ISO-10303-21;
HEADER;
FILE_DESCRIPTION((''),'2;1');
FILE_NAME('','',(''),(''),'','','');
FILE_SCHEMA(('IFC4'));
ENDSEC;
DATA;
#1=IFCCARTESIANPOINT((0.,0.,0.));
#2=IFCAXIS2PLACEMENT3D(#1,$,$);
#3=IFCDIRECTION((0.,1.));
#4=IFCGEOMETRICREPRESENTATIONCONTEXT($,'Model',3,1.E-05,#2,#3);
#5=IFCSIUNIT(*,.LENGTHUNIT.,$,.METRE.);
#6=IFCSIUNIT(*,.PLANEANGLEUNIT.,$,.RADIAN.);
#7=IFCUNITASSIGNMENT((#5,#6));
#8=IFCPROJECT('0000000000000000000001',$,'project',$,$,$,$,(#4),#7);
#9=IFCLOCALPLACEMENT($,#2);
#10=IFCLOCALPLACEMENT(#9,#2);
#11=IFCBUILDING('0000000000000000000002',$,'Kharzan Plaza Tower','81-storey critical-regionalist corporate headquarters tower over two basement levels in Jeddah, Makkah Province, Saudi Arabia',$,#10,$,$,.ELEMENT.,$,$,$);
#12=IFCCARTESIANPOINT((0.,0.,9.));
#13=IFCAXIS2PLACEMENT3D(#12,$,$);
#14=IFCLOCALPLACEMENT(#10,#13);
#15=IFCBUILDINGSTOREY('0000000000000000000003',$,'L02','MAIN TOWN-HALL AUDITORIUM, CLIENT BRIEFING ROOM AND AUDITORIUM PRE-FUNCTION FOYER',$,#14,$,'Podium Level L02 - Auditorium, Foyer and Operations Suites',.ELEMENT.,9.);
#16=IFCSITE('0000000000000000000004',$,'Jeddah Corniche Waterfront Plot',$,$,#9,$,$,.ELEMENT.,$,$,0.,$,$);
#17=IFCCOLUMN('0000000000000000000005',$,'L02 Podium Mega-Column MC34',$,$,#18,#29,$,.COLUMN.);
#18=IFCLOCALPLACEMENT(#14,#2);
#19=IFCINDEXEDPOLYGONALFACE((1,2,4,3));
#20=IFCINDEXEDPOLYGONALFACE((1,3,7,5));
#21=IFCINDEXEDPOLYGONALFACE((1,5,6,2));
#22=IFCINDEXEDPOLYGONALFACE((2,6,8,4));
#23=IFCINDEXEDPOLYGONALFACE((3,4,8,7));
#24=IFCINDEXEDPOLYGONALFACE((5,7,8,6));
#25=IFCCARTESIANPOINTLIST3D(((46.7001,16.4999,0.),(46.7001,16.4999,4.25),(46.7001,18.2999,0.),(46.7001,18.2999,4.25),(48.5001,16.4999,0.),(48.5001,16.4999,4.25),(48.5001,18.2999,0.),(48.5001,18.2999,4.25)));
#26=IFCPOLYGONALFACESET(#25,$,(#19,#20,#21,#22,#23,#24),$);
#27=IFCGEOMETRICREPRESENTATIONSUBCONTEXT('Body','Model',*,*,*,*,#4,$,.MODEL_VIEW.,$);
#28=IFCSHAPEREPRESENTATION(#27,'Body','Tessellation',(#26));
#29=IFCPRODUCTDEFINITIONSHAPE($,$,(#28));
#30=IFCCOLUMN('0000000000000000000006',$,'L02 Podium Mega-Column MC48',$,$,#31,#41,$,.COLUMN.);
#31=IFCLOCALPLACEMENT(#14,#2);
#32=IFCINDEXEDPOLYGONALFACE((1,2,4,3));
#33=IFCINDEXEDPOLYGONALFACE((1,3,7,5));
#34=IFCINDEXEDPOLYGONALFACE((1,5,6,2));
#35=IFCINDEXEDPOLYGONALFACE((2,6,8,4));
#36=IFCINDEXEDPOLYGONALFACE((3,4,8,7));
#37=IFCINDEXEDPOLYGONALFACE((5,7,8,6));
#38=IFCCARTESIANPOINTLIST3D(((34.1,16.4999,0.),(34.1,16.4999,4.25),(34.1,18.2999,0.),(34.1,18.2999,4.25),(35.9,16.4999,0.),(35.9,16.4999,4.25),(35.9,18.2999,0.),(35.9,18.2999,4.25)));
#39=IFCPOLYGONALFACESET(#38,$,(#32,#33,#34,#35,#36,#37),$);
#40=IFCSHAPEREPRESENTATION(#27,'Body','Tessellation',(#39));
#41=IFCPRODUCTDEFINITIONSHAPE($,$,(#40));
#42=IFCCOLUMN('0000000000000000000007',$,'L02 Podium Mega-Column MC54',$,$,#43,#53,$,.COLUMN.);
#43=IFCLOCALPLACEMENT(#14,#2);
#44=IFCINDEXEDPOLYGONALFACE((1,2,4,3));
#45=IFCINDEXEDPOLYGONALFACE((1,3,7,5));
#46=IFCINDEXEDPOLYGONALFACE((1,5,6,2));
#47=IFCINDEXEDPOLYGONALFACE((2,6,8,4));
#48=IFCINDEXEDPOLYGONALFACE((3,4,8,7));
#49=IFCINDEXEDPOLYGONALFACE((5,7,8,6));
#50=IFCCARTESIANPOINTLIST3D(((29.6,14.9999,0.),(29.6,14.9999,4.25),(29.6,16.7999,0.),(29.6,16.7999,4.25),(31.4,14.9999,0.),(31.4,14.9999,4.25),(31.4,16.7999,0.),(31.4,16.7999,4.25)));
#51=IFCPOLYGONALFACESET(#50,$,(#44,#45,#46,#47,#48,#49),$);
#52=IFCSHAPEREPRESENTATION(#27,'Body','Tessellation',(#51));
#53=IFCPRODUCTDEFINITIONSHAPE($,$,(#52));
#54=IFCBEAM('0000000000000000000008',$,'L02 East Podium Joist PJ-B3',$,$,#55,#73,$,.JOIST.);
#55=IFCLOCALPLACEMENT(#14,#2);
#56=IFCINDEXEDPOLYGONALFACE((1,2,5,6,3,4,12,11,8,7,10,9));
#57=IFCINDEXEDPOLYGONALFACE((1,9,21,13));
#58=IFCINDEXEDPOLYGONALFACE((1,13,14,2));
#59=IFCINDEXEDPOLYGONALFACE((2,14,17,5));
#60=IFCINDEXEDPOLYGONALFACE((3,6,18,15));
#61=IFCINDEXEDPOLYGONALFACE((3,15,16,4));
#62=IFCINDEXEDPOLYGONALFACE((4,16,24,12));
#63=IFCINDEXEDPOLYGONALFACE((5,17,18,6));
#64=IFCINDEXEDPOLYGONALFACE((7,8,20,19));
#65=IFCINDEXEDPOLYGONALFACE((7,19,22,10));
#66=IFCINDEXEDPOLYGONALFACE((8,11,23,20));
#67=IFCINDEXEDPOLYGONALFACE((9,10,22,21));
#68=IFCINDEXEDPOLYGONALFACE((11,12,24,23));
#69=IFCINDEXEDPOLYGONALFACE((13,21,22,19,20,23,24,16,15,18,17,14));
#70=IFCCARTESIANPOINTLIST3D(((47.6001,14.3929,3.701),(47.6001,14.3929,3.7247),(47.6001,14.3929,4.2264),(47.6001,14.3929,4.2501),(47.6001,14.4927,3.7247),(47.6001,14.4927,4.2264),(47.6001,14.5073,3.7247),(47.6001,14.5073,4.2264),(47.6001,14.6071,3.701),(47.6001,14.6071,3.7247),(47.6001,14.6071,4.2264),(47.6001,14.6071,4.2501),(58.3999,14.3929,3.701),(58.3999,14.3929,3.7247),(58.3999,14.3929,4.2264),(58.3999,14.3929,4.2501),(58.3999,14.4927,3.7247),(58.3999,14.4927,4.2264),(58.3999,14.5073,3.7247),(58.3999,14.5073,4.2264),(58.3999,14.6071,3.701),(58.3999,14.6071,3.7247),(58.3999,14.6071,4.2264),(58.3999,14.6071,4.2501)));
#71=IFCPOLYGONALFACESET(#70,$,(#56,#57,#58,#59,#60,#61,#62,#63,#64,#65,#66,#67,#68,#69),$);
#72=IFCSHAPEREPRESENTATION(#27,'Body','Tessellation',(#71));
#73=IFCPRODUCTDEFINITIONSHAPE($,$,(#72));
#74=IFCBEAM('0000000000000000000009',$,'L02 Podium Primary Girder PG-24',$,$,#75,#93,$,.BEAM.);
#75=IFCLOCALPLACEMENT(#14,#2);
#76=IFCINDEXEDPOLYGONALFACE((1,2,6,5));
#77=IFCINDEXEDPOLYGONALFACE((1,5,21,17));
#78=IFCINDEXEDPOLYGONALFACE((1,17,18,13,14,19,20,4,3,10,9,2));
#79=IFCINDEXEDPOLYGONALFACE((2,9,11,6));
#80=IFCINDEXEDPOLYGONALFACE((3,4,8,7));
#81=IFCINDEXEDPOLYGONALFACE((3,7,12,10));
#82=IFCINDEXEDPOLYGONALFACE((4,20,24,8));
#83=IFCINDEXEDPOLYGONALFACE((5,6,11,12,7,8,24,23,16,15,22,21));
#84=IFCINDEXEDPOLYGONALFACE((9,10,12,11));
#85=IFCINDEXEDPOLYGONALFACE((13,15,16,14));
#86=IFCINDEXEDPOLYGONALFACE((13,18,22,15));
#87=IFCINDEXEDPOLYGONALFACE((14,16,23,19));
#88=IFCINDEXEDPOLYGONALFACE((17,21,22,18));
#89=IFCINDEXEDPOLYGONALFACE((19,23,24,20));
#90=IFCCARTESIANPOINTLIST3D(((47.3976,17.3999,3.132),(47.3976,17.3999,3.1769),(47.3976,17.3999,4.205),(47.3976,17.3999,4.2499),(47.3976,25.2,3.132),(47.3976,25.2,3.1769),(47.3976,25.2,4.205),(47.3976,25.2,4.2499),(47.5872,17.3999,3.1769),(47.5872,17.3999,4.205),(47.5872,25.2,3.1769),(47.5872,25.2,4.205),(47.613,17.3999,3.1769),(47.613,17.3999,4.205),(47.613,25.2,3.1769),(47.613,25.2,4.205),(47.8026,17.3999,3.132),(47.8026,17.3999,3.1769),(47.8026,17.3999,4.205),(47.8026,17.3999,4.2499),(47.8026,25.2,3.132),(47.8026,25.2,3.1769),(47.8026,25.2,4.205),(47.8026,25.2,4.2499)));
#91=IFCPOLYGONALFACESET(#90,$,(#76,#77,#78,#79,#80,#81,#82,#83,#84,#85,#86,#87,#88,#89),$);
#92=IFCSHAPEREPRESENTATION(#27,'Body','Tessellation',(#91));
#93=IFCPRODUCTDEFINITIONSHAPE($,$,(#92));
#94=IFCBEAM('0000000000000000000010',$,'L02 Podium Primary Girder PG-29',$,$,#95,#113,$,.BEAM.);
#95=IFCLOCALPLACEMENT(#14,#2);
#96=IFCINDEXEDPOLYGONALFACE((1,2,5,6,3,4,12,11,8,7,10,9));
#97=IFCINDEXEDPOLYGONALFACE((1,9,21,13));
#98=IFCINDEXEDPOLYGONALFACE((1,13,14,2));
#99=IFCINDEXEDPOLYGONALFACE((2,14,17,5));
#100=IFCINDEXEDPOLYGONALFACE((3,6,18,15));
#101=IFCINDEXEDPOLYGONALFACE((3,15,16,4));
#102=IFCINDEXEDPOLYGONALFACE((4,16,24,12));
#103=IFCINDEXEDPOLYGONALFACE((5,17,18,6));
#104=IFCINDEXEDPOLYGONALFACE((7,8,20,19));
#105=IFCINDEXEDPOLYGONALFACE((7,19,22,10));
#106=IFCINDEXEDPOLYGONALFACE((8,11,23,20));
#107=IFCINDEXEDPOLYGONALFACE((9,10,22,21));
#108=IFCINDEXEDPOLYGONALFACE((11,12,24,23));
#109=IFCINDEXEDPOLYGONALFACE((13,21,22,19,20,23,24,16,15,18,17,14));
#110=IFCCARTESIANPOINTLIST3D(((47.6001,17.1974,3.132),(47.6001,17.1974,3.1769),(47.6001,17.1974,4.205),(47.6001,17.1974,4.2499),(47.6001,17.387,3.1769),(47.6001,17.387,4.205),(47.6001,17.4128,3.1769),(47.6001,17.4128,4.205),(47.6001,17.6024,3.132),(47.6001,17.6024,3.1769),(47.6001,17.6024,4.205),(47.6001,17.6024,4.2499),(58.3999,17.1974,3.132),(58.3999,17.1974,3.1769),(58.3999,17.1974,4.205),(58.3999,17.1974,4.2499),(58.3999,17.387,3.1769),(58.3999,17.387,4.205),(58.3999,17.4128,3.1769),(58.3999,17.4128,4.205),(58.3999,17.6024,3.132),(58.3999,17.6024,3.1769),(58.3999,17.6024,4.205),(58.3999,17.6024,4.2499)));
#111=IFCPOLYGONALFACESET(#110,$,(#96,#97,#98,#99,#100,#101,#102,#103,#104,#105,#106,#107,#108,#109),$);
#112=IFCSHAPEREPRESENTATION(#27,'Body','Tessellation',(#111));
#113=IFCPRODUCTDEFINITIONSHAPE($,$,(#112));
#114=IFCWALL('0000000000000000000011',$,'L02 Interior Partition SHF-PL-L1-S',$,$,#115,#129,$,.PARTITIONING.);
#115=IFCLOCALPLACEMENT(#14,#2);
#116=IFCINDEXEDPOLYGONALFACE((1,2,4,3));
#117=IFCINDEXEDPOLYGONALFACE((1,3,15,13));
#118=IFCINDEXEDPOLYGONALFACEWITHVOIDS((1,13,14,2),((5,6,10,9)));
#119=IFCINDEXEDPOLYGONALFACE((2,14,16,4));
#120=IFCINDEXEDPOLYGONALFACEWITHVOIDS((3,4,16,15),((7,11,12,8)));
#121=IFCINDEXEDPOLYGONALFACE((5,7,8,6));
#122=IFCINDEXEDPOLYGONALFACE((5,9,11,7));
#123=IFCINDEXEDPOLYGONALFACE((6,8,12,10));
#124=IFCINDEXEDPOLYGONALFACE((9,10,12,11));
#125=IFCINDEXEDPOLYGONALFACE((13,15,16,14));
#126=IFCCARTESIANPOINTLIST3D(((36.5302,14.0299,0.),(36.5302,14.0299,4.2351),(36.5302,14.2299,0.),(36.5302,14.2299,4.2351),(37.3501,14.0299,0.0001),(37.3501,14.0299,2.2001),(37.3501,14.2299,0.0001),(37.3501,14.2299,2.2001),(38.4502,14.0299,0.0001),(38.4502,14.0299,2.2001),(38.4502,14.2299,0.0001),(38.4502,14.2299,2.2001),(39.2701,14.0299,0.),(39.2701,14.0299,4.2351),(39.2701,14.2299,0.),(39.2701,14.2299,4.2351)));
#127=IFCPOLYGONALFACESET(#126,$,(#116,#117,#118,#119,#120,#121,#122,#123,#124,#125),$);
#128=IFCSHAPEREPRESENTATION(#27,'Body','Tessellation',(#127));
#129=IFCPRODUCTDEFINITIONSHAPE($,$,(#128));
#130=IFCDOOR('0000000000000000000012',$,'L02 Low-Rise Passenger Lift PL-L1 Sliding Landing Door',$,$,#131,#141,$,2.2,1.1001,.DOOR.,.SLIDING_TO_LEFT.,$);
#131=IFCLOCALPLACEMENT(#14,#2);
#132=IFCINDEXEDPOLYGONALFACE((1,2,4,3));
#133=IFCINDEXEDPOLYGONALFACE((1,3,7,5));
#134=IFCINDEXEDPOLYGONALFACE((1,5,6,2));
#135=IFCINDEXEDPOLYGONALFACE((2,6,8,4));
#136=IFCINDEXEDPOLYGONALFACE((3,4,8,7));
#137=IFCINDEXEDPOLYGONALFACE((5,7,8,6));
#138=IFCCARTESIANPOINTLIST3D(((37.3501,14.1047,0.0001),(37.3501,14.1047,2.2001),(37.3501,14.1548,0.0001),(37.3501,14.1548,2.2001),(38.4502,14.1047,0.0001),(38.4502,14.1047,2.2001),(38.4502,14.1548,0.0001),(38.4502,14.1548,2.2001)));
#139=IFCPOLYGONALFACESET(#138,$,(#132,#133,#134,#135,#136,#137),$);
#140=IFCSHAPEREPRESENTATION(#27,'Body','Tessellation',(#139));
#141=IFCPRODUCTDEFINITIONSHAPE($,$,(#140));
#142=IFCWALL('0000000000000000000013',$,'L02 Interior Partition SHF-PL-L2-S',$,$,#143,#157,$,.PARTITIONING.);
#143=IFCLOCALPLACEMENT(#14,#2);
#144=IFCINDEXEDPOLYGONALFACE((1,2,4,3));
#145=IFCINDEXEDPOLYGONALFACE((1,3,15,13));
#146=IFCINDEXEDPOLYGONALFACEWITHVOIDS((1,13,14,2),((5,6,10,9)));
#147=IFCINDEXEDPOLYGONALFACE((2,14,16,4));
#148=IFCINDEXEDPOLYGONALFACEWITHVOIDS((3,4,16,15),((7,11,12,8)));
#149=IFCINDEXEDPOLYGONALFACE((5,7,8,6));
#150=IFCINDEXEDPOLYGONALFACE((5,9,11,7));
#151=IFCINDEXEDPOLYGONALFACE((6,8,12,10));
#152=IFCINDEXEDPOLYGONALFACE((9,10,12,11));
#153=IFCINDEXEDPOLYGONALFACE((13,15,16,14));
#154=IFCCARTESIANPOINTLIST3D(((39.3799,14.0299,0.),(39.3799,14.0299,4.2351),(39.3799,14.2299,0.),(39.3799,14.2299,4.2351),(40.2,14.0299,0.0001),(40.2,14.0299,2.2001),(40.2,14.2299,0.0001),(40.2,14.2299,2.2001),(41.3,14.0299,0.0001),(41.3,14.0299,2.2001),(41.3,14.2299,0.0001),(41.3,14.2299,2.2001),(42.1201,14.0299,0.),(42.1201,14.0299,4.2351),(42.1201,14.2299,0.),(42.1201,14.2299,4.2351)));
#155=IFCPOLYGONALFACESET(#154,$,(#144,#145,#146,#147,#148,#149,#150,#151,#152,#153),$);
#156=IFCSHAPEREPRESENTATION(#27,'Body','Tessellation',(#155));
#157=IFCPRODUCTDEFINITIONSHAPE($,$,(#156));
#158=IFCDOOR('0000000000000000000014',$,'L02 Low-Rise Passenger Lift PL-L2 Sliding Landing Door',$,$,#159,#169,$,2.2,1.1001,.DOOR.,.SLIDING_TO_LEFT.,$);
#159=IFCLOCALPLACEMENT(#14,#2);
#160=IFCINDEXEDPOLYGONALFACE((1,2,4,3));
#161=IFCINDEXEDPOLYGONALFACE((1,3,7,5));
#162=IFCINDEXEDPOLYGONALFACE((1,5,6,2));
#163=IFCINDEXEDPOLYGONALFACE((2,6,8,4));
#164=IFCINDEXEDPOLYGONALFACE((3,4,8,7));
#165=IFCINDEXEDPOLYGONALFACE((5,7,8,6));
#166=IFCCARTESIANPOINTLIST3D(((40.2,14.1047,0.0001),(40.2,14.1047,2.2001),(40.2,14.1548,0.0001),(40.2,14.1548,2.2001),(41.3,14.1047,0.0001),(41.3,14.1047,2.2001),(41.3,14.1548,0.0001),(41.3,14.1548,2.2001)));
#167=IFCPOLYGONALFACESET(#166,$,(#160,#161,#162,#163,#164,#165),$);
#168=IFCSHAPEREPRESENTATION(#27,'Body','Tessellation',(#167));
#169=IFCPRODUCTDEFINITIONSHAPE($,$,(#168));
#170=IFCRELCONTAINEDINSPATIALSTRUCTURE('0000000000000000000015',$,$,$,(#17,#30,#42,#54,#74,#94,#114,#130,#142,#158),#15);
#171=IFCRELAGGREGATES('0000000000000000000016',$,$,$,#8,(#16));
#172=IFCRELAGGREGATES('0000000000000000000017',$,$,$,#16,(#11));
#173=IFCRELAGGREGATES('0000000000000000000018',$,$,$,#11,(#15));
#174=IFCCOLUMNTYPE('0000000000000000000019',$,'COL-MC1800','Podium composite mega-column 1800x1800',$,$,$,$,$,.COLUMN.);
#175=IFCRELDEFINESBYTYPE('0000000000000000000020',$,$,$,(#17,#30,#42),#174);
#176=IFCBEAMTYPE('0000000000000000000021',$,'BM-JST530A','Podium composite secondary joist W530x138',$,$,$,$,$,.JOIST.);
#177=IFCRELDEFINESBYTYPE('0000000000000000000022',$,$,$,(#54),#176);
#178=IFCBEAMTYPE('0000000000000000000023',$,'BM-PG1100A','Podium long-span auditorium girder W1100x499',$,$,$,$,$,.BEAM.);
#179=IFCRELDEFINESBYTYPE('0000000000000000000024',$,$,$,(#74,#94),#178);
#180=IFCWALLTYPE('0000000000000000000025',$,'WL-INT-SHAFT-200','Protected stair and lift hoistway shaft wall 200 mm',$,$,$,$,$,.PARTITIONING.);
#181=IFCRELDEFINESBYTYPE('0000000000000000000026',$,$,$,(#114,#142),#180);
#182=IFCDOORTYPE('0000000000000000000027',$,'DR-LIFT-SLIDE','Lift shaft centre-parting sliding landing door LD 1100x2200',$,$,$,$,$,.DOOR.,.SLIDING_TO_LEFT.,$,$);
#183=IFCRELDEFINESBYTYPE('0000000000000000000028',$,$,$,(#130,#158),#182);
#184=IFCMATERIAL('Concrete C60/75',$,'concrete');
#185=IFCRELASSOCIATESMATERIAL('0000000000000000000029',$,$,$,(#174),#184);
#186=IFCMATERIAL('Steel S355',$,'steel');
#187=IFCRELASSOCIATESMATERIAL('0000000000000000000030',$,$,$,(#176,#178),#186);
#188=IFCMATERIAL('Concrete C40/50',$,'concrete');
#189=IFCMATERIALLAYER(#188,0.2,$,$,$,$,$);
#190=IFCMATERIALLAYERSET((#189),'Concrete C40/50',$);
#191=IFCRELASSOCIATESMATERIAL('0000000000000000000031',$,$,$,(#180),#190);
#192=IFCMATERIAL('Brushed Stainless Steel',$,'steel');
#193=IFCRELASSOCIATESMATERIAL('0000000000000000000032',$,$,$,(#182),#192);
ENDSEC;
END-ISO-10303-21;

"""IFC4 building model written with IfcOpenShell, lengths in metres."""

from ifc_helpers import new_model, si_unit, direction, frame, frame_2d, origin, origin_2d, place, context, subcontext, project, spatial, rectangle, i_section, extrude, source, transform, mapped, material, layer, layer_set, material_profile, profile_set, type_object, element, fill, save


model = new_model("IFC4")

# Units and contexts
model_context = context("Model", 3, precision=1e-05, world=origin(), true_north=direction((0.0, 1.0)))
body_context = subcontext(model_context, "Body", "Model", "MODEL_VIEW")
ifc_project = project(units=[si_unit("LENGTHUNIT", "METRE"), si_unit("PLANEANGLEUNIT", "RADIAN")], contexts=[model_context])

# Site, building, storey
site_placement = place(None, origin())
site = spatial("IfcSite", under=ifc_project, at=site_placement, Name="Jeddah Corniche Waterfront Plot", CompositionType="ELEMENT", RefElevation=0.0)
building_placement = place(site_placement, origin())
building = spatial("IfcBuilding", under=site, at=building_placement, Name="Kharzan Plaza Tower", Description="81-storey critical-regionalist corporate headquarters tower over two basement levels in Jeddah, Makkah Province, Saudi Arabia", CompositionType="ELEMENT")
storey_placement = place(building_placement, frame((0.0, 0.0, 9.0)))
storey = spatial("IfcBuildingStorey", under=building, at=storey_placement, Name="L02", Description="MAIN TOWN-HALL AUDITORIUM, CLIENT BRIEFING ROOM AND AUDITORIUM PRE-FUNCTION FOYER", LongName="Podium Level L02 - Auditorium, Foyer and Operations Suites", CompositionType="ELEMENT", Elevation=9.0)

# Columns
ifc_material_1 = material(Name="Concrete C60/75", Category="concrete")
ifc_material_profile_1 = material_profile(ifc_material_1, rectangle(XDim=1.8, YDim=1.8, at=origin_2d()), Name="RC-MC1800x1800")
ifc_profile_set_1 = profile_set([ifc_material_profile_1], Name="Concrete C60/75")
column_type = type_object("IfcColumnType", Name="COL-MC1800", Description="Podium composite mega-column 1800x1800", PredefinedType="COLUMN", material=ifc_profile_set_1)
shared_shape_1 = source(origin(), body_context, "Body", "SweptSolid", [
    extrude(rectangle(XDim=1.8, YDim=1.8, at=origin_2d()), origin(), (0.0, 0.0, 1.0), 4.25),
])
for number, where, z_axis, x_axis, name in (
    (1, (47.6001, 17.3999, 0.0), (0.0, 0.0, 1.0), (1.0, 0.0, 0.0), "L02 Podium Mega-Column MC34"),
    (2, (35.0, 17.3999, 0.0), (0.0, 0.0, 1.0), (1.0, 0.0, 0.0), "L02 Podium Mega-Column MC48"),
    (3, (30.5, 15.8999, 0.0), (0.0, 0.0, 1.0), (1.0, 0.0, 0.0), "L02 Podium Mega-Column MC54"),
):
    element("IfcColumn", number, at=place(storey_placement, frame(where, z_axis=z_axis, x_axis=x_axis)), inside=storey, type_object=column_type, Name=name, PredefinedType="COLUMN", context=body_context, shape_type="MappedRepresentation", body=[
        mapped(shared_shape_1, transform((0.0, 0.0, 0.0), x_axis=(1.0, 0.0, 0.0), y_axis=(0.0, 1.0, 0.0), z_axis=(0.0, 0.0, 1.0))),
    ])

# Beams
ifc_material_2 = material(Name="Steel S355", Category="steel")
ifc_material_profile_2 = material_profile(ifc_material_2, i_section(OverallWidth=0.2141, OverallDepth=0.5491, WebThickness=0.0146, FlangeThickness=0.0237, at=origin_2d()), Name="W530x138")
ifc_profile_set_2 = profile_set([ifc_material_profile_2], Name="Steel S355")
beam_type_1 = type_object("IfcBeamType", Name="BM-JST530A", Description="Podium composite secondary joist W530x138", PredefinedType="JOIST", material=ifc_profile_set_2)
shared_shape_2 = source(origin(), body_context, "Body", "SweptSolid", [
    extrude(i_section(OverallWidth=0.2141, OverallDepth=0.5491, WebThickness=0.0146, FlangeThickness=0.0237, at=origin_2d()), origin(), (0.0, 0.0, 1.0), 10.7998),
])
beam_1_placement = place(storey_placement, frame((47.6001, 14.5, 3.9756), z_axis=(1.0, 0.0, 0.0), x_axis=(0.0, 1.0, 0.0)))
element("IfcBeam", 4, at=beam_1_placement, inside=storey, type_object=beam_type_1, Name="L02 East Podium Joist PJ-B3", PredefinedType="JOIST", context=body_context, shape_type="MappedRepresentation", body=[
    mapped(shared_shape_2, transform((0.0, 0.0, 0.0), x_axis=(1.0, 0.0, 0.0), y_axis=(0.0, 1.0, 0.0), z_axis=(0.0, 0.0, 1.0))),
])
ifc_material_profile_3 = material_profile(ifc_material_2, i_section(OverallWidth=0.405, OverallDepth=1.1179, WebThickness=0.0259, FlangeThickness=0.0449, at=origin_2d()), Name="W1100x499")
ifc_profile_set_3 = profile_set([ifc_material_profile_3], Name="Steel S355")
beam_type_2 = type_object("IfcBeamType", Name="BM-PG1100A", Description="Podium long-span auditorium girder W1100x499", PredefinedType="BEAM", material=ifc_profile_set_3)
shared_shape_3 = source(origin(), body_context, "Body", "SweptSolid", [
    extrude(i_section(OverallWidth=0.405, OverallDepth=1.1179, WebThickness=0.0259, FlangeThickness=0.0449, at=origin_2d()), origin(), (0.0, 0.0, 1.0), 7.8),
])
beam_2_placement = place(storey_placement, frame((47.6001, 17.3999, 3.6909), z_axis=(0.0, 1.0, 0.0), x_axis=(-1.0, 0.0, 0.0)))
element("IfcBeam", 5, at=beam_2_placement, inside=storey, type_object=beam_type_2, Name="L02 Podium Primary Girder PG-24", PredefinedType="BEAM", context=body_context, shape_type="MappedRepresentation", body=[
    mapped(shared_shape_3, transform((0.0, 0.0, 0.0), x_axis=(1.0, 0.0, 0.0), y_axis=(0.0, 1.0, 0.0), z_axis=(0.0, 0.0, 1.0))),
])
shared_shape_4 = source(origin(), body_context, "Body", "SweptSolid", [
    extrude(i_section(OverallWidth=0.405, OverallDepth=1.1179, WebThickness=0.0259, FlangeThickness=0.0449, at=origin_2d()), origin(), (0.0, 0.0, 1.0), 10.7998),
])
beam_3_placement = place(storey_placement, frame((47.6001, 17.3999, 3.6909), z_axis=(1.0, 0.0, 0.0), x_axis=(0.0, 1.0, 0.0)))
element("IfcBeam", 6, at=beam_3_placement, inside=storey, type_object=beam_type_2, Name="L02 Podium Primary Girder PG-29", PredefinedType="BEAM", context=body_context, shape_type="MappedRepresentation", body=[
    mapped(shared_shape_4, transform((0.0, 0.0, 0.0), x_axis=(1.0, 0.0, 0.0), y_axis=(0.0, 1.0, 0.0), z_axis=(0.0, 0.0, 1.0))),
])

# Walls, openings, doors
ifc_material_3 = material(Name="Concrete C40/50", Category="concrete")
ifc_layer_1 = layer(ifc_material_3, 0.2)
ifc_layer_set_1 = layer_set([ifc_layer_1], Name="Concrete C40/50")
wall_type_1 = type_object("IfcWallType", Name="WL-INT-SHAFT-200", Description="Protected stair and lift hoistway shaft wall 200 mm", PredefinedType="PARTITIONING", material=ifc_layer_set_1)
wall_1_placement = place(storey_placement, frame((36.53, 14.1299, 0.0), z_axis=(0.0, 0.0, 1.0), x_axis=(1.0, 0.0, 0.0)))
wall_1 = element("IfcWall", 7, at=wall_1_placement, inside=storey, type_object=wall_type_1, Name="L02 Interior Partition SHF-PL-L1-S", PredefinedType="PARTITIONING", context=body_context, shape_type="SweptSolid", body=[
    extrude(rectangle(XDim=2.74, YDim=0.2, at=frame_2d((1.3701, 0.0))), origin(), (0.0, 0.0, 1.0), 4.2351),
])
opening_1_placement = place(wall_1_placement, frame((0.8201, 0.0, 0.0)))
opening_1 = element("IfcOpeningElement", 8, at=opening_1_placement, cuts=wall_1, PredefinedType="OPENING", context=body_context, shape_type="SweptSolid", body=[
    extrude(rectangle(XDim=1.1001, YDim=2.2, at=frame_2d((0.55, 1.1001))), frame((0.0, 0.1099, 0.0), z_axis=(0.0, -1.0, 0.0), x_axis=(1.0, 0.0, 0.0)), (0.0, 0.0, 1.0), 0.22),
])
ifc_material_4 = material(Name="Brushed Stainless Steel", Category="steel")
door_type = type_object("IfcDoorType", Name="DR-LIFT-SLIDE", Description="Lift shaft centre-parting sliding landing door LD 1100x2200", OperationType="SLIDING_TO_LEFT", PredefinedType="DOOR", material=ifc_material_4)
shared_shape_5 = source(origin(), body_context, "Body", "SweptSolid", [
    extrude(rectangle(XDim=1.1001, YDim=2.2, at=frame_2d((0.55, 1.1001))), frame((0.0, 0.0249, 0.0), z_axis=(0.0, -1.0, 0.0), x_axis=(1.0, 0.0, 0.0)), (0.0, 0.0, 1.0), 0.05),
])
door_1_placement = place(opening_1_placement, origin())
door_1 = element("IfcDoor", 9, at=door_1_placement, inside=storey, type_object=door_type, Name="L02 Low-Rise Passenger Lift PL-L1 Sliding Landing Door", OperationType="SLIDING_TO_LEFT", OverallHeight=2.2, OverallWidth=1.1001, PredefinedType="DOOR", context=body_context, shape_type="MappedRepresentation", body=[
    mapped(shared_shape_5, transform((0.0, 0.0, 0.0), x_axis=(1.0, 0.0, 0.0), y_axis=(0.0, 1.0, 0.0), z_axis=(0.0, 0.0, 1.0))),
])
fill(opening_1, door_1)
wall_2_placement = place(storey_placement, frame((39.3799, 14.1299, 0.0), z_axis=(0.0, 0.0, 1.0), x_axis=(1.0, 0.0, 0.0)))
wall_2 = element("IfcWall", 10, at=wall_2_placement, inside=storey, type_object=wall_type_1, Name="L02 Interior Partition SHF-PL-L2-S", PredefinedType="PARTITIONING", context=body_context, shape_type="SweptSolid", body=[
    extrude(rectangle(XDim=2.7402, YDim=0.2, at=frame_2d((1.3701, 0.0))), origin(), (0.0, 0.0, 1.0), 4.2351),
])
opening_2_placement = place(wall_2_placement, frame((0.8201, 0.0, 0.0)))
opening_2 = element("IfcOpeningElement", 11, at=opening_2_placement, cuts=wall_2, PredefinedType="OPENING", context=body_context, shape_type="SweptSolid", body=[
    extrude(rectangle(XDim=1.1001, YDim=2.2, at=frame_2d((0.55, 1.1001))), frame((0.0, 0.1099, 0.0), z_axis=(0.0, -1.0, 0.0), x_axis=(1.0, 0.0, 0.0)), (0.0, 0.0, 1.0), 0.22),
])
door_2_placement = place(opening_2_placement, origin())
door_2 = element("IfcDoor", 12, at=door_2_placement, inside=storey, type_object=door_type, Name="L02 Low-Rise Passenger Lift PL-L2 Sliding Landing Door", OperationType="SLIDING_TO_LEFT", OverallHeight=2.2, OverallWidth=1.1001, PredefinedType="DOOR", context=body_context, shape_type="MappedRepresentation", body=[
    mapped(shared_shape_5, transform((0.0, 0.0, 0.0), x_axis=(1.0, 0.0, 0.0), y_axis=(0.0, 1.0, 0.0), z_axis=(0.0, 0.0, 1.0))),
])
fill(opening_2, door_2)

save(model, "model.ifc")
